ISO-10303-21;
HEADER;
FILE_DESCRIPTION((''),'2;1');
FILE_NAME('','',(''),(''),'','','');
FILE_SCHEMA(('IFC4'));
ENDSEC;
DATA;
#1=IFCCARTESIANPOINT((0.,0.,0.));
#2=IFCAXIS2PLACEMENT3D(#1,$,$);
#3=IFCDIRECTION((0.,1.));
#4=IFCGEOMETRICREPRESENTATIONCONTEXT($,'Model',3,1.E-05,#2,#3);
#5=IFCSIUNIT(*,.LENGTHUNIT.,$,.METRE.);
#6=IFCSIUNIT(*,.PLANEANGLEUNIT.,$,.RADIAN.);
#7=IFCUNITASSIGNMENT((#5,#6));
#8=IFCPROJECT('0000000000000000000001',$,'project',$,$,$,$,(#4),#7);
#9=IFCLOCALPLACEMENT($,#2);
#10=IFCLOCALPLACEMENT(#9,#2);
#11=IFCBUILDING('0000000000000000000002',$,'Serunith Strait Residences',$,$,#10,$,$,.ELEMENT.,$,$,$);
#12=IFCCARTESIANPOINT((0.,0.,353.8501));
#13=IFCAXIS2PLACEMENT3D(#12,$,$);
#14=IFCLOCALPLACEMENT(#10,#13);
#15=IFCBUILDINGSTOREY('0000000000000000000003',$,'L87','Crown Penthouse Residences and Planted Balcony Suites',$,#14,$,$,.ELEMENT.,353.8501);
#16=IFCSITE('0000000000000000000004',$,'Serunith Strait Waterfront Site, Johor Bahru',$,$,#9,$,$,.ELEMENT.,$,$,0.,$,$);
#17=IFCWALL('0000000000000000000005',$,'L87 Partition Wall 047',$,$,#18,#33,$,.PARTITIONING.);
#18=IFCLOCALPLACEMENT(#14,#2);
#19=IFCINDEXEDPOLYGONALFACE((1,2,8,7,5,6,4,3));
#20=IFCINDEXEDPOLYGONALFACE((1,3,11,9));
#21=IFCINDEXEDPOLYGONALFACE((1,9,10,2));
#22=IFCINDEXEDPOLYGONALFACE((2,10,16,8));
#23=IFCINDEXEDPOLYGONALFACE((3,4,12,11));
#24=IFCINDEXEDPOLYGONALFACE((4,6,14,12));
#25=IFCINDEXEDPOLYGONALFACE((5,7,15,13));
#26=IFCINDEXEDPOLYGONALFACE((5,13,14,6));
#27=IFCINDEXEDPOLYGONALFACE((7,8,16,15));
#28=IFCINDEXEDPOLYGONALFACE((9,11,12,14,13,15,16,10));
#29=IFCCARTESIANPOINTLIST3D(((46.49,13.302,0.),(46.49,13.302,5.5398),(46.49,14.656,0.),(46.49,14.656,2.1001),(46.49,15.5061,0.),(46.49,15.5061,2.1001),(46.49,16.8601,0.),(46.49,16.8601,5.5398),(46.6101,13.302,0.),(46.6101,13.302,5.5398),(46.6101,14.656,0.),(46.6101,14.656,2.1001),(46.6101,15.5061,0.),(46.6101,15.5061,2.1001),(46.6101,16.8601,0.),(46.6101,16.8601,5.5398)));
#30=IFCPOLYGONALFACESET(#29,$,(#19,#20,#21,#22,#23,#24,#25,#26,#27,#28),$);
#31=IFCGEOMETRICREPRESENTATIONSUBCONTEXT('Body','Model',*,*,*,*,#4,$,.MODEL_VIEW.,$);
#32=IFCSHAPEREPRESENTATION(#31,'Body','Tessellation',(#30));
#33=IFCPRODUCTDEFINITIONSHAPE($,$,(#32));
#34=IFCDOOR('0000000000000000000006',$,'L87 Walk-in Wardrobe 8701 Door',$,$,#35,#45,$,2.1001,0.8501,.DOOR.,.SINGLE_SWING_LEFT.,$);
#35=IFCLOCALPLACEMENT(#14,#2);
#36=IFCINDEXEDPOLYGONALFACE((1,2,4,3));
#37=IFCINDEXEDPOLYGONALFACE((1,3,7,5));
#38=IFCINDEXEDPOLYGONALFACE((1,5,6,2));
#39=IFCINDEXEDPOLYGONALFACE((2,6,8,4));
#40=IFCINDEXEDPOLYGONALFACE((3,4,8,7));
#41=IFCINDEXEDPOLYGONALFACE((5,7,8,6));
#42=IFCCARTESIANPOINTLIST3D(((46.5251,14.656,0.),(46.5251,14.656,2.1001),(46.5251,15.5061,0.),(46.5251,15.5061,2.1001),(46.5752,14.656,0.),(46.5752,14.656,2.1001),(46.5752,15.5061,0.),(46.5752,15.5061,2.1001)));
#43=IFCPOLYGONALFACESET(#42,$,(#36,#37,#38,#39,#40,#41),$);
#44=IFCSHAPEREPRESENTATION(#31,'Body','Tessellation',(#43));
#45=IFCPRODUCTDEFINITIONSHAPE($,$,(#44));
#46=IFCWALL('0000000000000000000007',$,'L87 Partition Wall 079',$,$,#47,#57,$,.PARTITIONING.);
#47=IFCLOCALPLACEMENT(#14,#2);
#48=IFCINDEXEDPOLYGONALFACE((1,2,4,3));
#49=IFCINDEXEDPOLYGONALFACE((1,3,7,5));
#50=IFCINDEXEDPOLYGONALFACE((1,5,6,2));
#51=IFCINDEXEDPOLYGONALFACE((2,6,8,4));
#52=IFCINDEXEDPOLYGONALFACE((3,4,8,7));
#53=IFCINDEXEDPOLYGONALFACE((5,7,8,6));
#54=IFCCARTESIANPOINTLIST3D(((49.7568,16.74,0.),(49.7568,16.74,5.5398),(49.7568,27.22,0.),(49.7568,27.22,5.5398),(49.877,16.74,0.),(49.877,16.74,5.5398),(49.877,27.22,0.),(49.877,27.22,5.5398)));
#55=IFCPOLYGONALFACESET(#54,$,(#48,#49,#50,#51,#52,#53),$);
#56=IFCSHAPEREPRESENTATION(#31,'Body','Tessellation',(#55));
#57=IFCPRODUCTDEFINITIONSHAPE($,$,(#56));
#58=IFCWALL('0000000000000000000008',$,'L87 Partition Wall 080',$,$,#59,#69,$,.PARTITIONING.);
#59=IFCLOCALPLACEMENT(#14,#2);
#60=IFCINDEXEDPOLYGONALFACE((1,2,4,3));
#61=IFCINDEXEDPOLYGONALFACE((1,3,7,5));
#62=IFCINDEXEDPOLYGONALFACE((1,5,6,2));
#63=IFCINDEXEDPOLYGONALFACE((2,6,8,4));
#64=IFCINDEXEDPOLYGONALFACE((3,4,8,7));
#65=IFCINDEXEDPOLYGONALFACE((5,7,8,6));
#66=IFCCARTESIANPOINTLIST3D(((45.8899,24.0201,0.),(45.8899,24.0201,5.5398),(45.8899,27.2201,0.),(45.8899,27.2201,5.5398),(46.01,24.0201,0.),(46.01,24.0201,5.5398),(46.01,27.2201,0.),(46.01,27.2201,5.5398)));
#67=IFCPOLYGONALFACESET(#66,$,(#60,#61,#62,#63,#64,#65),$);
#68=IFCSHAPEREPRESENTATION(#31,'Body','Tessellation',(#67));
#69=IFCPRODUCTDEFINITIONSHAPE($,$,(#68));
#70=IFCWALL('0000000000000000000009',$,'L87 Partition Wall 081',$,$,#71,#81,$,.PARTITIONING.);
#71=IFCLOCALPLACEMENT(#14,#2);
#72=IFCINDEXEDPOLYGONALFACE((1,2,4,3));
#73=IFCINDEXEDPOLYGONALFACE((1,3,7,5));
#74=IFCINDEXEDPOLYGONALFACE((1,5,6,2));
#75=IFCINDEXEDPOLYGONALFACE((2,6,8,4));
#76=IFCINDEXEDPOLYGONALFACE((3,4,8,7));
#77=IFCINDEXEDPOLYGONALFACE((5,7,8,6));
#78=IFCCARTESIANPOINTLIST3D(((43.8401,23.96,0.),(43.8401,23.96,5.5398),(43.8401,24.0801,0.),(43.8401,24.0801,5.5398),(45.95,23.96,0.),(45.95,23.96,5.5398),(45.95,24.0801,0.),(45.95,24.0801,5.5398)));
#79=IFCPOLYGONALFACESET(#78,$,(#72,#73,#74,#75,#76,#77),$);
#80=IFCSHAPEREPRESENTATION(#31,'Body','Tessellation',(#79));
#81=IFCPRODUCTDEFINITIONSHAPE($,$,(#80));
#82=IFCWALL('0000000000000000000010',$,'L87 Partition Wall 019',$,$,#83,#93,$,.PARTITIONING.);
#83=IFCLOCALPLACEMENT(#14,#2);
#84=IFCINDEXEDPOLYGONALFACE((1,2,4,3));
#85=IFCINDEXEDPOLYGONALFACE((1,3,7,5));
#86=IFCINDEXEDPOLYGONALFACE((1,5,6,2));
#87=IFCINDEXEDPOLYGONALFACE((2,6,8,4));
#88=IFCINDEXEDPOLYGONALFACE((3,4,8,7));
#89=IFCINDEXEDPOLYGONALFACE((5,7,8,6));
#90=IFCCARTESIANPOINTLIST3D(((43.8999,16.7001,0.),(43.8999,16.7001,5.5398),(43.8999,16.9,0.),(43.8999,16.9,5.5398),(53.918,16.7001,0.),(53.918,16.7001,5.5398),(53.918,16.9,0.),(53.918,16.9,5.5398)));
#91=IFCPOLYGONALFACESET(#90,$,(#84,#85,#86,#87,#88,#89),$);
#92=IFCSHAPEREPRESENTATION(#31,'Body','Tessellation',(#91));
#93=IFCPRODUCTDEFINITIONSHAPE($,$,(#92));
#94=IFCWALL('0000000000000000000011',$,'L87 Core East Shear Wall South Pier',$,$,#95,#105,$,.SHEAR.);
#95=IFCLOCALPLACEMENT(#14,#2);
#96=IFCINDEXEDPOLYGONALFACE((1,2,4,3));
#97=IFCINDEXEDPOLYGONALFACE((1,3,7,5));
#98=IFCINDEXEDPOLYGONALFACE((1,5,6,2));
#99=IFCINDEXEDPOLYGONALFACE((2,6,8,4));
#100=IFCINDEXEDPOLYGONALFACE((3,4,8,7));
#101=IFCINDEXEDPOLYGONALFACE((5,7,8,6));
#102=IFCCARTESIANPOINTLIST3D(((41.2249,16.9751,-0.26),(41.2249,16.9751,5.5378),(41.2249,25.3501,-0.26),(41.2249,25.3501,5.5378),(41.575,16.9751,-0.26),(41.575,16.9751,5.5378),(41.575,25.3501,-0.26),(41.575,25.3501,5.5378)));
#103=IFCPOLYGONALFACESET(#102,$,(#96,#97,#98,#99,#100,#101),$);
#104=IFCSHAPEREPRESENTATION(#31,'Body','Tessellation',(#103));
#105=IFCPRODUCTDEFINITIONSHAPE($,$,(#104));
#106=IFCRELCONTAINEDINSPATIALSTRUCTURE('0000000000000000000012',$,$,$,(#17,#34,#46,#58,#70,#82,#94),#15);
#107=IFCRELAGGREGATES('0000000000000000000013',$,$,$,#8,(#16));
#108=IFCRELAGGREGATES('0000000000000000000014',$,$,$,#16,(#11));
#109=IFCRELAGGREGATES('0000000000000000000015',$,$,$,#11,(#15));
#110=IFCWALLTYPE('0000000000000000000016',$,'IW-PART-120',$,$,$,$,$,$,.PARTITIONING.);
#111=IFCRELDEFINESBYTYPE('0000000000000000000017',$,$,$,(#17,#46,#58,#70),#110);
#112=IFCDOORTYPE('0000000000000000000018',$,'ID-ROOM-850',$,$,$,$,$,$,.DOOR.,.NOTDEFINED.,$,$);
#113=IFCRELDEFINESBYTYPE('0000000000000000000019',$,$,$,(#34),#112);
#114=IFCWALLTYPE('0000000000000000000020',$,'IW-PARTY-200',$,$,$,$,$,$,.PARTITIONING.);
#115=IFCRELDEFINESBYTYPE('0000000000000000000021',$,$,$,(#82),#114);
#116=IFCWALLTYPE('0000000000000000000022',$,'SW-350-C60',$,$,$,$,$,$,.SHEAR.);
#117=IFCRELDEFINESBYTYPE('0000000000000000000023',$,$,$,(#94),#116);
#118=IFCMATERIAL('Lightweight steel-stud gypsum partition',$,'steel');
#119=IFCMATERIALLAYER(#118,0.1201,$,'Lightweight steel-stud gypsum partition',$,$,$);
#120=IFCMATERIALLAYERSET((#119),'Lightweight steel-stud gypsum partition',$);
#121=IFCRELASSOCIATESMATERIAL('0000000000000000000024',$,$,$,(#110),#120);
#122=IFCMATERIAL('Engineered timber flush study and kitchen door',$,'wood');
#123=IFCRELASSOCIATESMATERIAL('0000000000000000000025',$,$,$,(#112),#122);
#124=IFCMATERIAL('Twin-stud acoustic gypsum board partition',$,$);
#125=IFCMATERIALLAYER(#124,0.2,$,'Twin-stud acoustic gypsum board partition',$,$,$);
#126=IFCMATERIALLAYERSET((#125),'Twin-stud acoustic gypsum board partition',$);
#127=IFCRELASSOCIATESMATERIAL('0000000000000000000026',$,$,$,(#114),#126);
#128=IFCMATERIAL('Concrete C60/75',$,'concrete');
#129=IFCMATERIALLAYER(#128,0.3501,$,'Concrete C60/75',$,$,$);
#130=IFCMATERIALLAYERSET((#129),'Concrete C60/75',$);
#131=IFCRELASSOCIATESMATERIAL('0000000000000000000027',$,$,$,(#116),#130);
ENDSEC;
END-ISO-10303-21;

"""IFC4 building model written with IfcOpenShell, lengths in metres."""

from ifc_helpers import new_model, si_unit, direction, frame, frame_2d, origin, place, context, subcontext, project, spatial, rectangle, extrude, source, transform, mapped, material, layer, layer_set, type_object, element, fill, save


model = new_model("IFC4")

# Units and contexts
model_context = context("Model", 3, precision=1e-05, world=origin(), true_north=direction((0.0, 1.0)))
body_context = subcontext(model_context, "Body", "Model", "MODEL_VIEW")
ifc_project = project(units=[si_unit("LENGTHUNIT", "METRE"), si_unit("PLANEANGLEUNIT", "RADIAN")], contexts=[model_context])

# Site, building, storey
site_placement = place(None, origin())
site = spatial("IfcSite", under=ifc_project, at=site_placement, Name="Serunith Strait Waterfront Site, Johor Bahru", CompositionType="ELEMENT", RefElevation=0.0)
building_placement = place(site_placement, origin())
building = spatial("IfcBuilding", under=site, at=building_placement, Name="Serunith Strait Residences", CompositionType="ELEMENT")
storey_placement = place(building_placement, frame((0.0, 0.0, 353.8501)))
storey = spatial("IfcBuildingStorey", under=building, at=storey_placement, Name="L87", Description="Crown Penthouse Residences and Planted Balcony Suites", CompositionType="ELEMENT", Elevation=353.8501)

# Shared definitions
ifc_material_1 = material(Name="Concrete C60/75", Category="concrete")

# Shared definitions
ifc_material_2 = material(Name="Lightweight steel-stud gypsum partition", Category="steel")
ifc_layer_1 = layer(ifc_material_2, 0.1201, Name="Lightweight steel-stud gypsum partition")
ifc_layer_set_1 = layer_set([ifc_layer_1], Name="Lightweight steel-stud gypsum partition")
wall_type_1 = type_object("IfcWallType", Name="IW-PART-120", PredefinedType="PARTITIONING", material=ifc_layer_set_1)

# Wall, opening, door
wall_1_placement = place(storey_placement, frame((46.55, 13.302, 0.0), z_axis=(0.0, 0.0, 1.0), x_axis=(0.0, 1.0, 0.0)))
wall_1 = element("IfcWall", 1, at=wall_1_placement, inside=storey, type_object=wall_type_1, Name="L87 Partition Wall 047", PredefinedType="PARTITIONING", context=body_context, shape_type="SweptSolid", body=[
    extrude(rectangle(XDim=3.5581, YDim=0.1201, at=frame_2d((1.7791, 0.0))), origin(), (0.0, 0.0, 1.0), 5.5398),
])
opening_1_placement = place(wall_1_placement, frame((1.354, 0.0, 0.0)))
opening_1 = element("IfcOpeningElement", 2, at=opening_1_placement, cuts=wall_1, PredefinedType="OPENING", context=body_context, shape_type="SweptSolid", body=[
    extrude(rectangle(XDim=0.8501, YDim=2.1001, at=frame_2d((0.425, 1.05))), frame((0.0, 0.0701, 0.0), z_axis=(0.0, -1.0, 0.0), x_axis=(1.0, 0.0, 0.0)), (0.0, 0.0, 1.0), 0.1401),
])
ifc_material_3 = material(Name="Engineered timber flush study and kitchen door", Category="wood")
door_type_1 = type_object("IfcDoorType", Name="ID-ROOM-850", OperationType="NOTDEFINED", PredefinedType="DOOR", material=ifc_material_3)
shared_shape_1 = source(origin(), body_context, "Body", "SweptSolid", [
    extrude(rectangle(XDim=0.8501, YDim=2.1001, at=frame_2d((0.425, 1.05))), frame((0.0, 0.0249, 0.0), z_axis=(0.0, -1.0, 0.0), x_axis=(1.0, 0.0, 0.0)), (0.0, 0.0, 1.0), 0.05),
])
door_1_placement = place(opening_1_placement, origin())
door_1 = element("IfcDoor", 3, at=door_1_placement, inside=storey, type_object=door_type_1, Name="L87 Walk-in Wardrobe 8701 Door", OperationType="SINGLE_SWING_LEFT", OverallHeight=2.1001, OverallWidth=0.8501, PredefinedType="DOOR", context=body_context, shape_type="MappedRepresentation", body=[
    mapped(shared_shape_1, transform((0.0, 0.0, 0.0), scale=1.0)),
])
fill(opening_1, door_1)

# Walls
wall_2_placement = place(storey_placement, frame((49.8169, 16.74, 0.0), z_axis=(0.0, 0.0, 1.0), x_axis=(0.0, 1.0, 0.0)))
element("IfcWall", 4, at=wall_2_placement, inside=storey, type_object=wall_type_1, Name="L87 Partition Wall 079", PredefinedType="PARTITIONING", context=body_context, shape_type="SweptSolid", body=[
    extrude(rectangle(XDim=10.48, YDim=0.1201, at=frame_2d((5.24, 0.0))), origin(), (0.0, 0.0, 1.0), 5.5398),
])
wall_3_placement = place(storey_placement, frame((45.95, 24.02, 0.0), z_axis=(0.0, 0.0, 1.0), x_axis=(0.0, 1.0, 0.0)))
element("IfcWall", 5, at=wall_3_placement, inside=storey, type_object=wall_type_1, Name="L87 Partition Wall 080", PredefinedType="PARTITIONING", context=body_context, shape_type="SweptSolid", body=[
    extrude(rectangle(XDim=3.2, YDim=0.1201, at=frame_2d((1.6001, 0.0))), origin(), (0.0, 0.0, 1.0), 5.5398),
])
wall_4_placement = place(storey_placement, frame((45.95, 24.02, 0.0), z_axis=(0.0, 0.0, 1.0), x_axis=(-1.0, 0.0, 0.0)))
element("IfcWall", 6, at=wall_4_placement, inside=storey, type_object=wall_type_1, Name="L87 Partition Wall 081", PredefinedType="PARTITIONING", context=body_context, shape_type="SweptSolid", body=[
    extrude(rectangle(XDim=2.1099, YDim=0.1201, at=frame_2d((1.0549, 0.0))), origin(), (0.0, 0.0, 1.0), 5.5398),
])
ifc_material_4 = material(Name="Twin-stud acoustic gypsum board partition")
ifc_layer_2 = layer(ifc_material_4, 0.2, Name="Twin-stud acoustic gypsum board partition")
ifc_layer_set_2 = layer_set([ifc_layer_2], Name="Twin-stud acoustic gypsum board partition")
wall_type_2 = type_object("IfcWallType", Name="IW-PARTY-200", PredefinedType="PARTITIONING", material=ifc_layer_set_2)
wall_5_placement = place(storey_placement, frame((43.8999, 16.8, 0.0), z_axis=(0.0, 0.0, 1.0), x_axis=(1.0, 0.0, 0.0)))
element("IfcWall", 7, at=wall_5_placement, inside=storey, type_object=wall_type_2, Name="L87 Partition Wall 019", PredefinedType="PARTITIONING", context=body_context, shape_type="SweptSolid", body=[
    extrude(rectangle(XDim=10.0181, YDim=0.2, at=frame_2d((5.009, 0.0))), origin(), (0.0, 0.0, 1.0), 5.5398),
])
ifc_layer_3 = layer(ifc_material_1, 0.3501, Name="Concrete C60/75")
ifc_layer_set_3 = layer_set([ifc_layer_3], Name="Concrete C60/75")
wall_type_3 = type_object("IfcWallType", Name="SW-350-C60", PredefinedType="SHEAR", material=ifc_layer_set_3)
wall_6_placement = place(storey_placement, frame((41.3999, 16.9751, -0.26), z_axis=(0.0, 0.0, 1.0), x_axis=(0.0, 1.0, 0.0)))
element("IfcWall", 8, at=wall_6_placement, inside=storey, type_object=wall_type_3, Name="L87 Core East Shear Wall South Pier", PredefinedType="SHEAR", context=body_context, shape_type="SweptSolid", body=[
    extrude(rectangle(XDim=8.375, YDim=0.3501, at=frame_2d((4.1875, 0.0))), origin(), (0.0, 0.0, 1.0), 5.7979),
])

save(model, "model.ifc")
